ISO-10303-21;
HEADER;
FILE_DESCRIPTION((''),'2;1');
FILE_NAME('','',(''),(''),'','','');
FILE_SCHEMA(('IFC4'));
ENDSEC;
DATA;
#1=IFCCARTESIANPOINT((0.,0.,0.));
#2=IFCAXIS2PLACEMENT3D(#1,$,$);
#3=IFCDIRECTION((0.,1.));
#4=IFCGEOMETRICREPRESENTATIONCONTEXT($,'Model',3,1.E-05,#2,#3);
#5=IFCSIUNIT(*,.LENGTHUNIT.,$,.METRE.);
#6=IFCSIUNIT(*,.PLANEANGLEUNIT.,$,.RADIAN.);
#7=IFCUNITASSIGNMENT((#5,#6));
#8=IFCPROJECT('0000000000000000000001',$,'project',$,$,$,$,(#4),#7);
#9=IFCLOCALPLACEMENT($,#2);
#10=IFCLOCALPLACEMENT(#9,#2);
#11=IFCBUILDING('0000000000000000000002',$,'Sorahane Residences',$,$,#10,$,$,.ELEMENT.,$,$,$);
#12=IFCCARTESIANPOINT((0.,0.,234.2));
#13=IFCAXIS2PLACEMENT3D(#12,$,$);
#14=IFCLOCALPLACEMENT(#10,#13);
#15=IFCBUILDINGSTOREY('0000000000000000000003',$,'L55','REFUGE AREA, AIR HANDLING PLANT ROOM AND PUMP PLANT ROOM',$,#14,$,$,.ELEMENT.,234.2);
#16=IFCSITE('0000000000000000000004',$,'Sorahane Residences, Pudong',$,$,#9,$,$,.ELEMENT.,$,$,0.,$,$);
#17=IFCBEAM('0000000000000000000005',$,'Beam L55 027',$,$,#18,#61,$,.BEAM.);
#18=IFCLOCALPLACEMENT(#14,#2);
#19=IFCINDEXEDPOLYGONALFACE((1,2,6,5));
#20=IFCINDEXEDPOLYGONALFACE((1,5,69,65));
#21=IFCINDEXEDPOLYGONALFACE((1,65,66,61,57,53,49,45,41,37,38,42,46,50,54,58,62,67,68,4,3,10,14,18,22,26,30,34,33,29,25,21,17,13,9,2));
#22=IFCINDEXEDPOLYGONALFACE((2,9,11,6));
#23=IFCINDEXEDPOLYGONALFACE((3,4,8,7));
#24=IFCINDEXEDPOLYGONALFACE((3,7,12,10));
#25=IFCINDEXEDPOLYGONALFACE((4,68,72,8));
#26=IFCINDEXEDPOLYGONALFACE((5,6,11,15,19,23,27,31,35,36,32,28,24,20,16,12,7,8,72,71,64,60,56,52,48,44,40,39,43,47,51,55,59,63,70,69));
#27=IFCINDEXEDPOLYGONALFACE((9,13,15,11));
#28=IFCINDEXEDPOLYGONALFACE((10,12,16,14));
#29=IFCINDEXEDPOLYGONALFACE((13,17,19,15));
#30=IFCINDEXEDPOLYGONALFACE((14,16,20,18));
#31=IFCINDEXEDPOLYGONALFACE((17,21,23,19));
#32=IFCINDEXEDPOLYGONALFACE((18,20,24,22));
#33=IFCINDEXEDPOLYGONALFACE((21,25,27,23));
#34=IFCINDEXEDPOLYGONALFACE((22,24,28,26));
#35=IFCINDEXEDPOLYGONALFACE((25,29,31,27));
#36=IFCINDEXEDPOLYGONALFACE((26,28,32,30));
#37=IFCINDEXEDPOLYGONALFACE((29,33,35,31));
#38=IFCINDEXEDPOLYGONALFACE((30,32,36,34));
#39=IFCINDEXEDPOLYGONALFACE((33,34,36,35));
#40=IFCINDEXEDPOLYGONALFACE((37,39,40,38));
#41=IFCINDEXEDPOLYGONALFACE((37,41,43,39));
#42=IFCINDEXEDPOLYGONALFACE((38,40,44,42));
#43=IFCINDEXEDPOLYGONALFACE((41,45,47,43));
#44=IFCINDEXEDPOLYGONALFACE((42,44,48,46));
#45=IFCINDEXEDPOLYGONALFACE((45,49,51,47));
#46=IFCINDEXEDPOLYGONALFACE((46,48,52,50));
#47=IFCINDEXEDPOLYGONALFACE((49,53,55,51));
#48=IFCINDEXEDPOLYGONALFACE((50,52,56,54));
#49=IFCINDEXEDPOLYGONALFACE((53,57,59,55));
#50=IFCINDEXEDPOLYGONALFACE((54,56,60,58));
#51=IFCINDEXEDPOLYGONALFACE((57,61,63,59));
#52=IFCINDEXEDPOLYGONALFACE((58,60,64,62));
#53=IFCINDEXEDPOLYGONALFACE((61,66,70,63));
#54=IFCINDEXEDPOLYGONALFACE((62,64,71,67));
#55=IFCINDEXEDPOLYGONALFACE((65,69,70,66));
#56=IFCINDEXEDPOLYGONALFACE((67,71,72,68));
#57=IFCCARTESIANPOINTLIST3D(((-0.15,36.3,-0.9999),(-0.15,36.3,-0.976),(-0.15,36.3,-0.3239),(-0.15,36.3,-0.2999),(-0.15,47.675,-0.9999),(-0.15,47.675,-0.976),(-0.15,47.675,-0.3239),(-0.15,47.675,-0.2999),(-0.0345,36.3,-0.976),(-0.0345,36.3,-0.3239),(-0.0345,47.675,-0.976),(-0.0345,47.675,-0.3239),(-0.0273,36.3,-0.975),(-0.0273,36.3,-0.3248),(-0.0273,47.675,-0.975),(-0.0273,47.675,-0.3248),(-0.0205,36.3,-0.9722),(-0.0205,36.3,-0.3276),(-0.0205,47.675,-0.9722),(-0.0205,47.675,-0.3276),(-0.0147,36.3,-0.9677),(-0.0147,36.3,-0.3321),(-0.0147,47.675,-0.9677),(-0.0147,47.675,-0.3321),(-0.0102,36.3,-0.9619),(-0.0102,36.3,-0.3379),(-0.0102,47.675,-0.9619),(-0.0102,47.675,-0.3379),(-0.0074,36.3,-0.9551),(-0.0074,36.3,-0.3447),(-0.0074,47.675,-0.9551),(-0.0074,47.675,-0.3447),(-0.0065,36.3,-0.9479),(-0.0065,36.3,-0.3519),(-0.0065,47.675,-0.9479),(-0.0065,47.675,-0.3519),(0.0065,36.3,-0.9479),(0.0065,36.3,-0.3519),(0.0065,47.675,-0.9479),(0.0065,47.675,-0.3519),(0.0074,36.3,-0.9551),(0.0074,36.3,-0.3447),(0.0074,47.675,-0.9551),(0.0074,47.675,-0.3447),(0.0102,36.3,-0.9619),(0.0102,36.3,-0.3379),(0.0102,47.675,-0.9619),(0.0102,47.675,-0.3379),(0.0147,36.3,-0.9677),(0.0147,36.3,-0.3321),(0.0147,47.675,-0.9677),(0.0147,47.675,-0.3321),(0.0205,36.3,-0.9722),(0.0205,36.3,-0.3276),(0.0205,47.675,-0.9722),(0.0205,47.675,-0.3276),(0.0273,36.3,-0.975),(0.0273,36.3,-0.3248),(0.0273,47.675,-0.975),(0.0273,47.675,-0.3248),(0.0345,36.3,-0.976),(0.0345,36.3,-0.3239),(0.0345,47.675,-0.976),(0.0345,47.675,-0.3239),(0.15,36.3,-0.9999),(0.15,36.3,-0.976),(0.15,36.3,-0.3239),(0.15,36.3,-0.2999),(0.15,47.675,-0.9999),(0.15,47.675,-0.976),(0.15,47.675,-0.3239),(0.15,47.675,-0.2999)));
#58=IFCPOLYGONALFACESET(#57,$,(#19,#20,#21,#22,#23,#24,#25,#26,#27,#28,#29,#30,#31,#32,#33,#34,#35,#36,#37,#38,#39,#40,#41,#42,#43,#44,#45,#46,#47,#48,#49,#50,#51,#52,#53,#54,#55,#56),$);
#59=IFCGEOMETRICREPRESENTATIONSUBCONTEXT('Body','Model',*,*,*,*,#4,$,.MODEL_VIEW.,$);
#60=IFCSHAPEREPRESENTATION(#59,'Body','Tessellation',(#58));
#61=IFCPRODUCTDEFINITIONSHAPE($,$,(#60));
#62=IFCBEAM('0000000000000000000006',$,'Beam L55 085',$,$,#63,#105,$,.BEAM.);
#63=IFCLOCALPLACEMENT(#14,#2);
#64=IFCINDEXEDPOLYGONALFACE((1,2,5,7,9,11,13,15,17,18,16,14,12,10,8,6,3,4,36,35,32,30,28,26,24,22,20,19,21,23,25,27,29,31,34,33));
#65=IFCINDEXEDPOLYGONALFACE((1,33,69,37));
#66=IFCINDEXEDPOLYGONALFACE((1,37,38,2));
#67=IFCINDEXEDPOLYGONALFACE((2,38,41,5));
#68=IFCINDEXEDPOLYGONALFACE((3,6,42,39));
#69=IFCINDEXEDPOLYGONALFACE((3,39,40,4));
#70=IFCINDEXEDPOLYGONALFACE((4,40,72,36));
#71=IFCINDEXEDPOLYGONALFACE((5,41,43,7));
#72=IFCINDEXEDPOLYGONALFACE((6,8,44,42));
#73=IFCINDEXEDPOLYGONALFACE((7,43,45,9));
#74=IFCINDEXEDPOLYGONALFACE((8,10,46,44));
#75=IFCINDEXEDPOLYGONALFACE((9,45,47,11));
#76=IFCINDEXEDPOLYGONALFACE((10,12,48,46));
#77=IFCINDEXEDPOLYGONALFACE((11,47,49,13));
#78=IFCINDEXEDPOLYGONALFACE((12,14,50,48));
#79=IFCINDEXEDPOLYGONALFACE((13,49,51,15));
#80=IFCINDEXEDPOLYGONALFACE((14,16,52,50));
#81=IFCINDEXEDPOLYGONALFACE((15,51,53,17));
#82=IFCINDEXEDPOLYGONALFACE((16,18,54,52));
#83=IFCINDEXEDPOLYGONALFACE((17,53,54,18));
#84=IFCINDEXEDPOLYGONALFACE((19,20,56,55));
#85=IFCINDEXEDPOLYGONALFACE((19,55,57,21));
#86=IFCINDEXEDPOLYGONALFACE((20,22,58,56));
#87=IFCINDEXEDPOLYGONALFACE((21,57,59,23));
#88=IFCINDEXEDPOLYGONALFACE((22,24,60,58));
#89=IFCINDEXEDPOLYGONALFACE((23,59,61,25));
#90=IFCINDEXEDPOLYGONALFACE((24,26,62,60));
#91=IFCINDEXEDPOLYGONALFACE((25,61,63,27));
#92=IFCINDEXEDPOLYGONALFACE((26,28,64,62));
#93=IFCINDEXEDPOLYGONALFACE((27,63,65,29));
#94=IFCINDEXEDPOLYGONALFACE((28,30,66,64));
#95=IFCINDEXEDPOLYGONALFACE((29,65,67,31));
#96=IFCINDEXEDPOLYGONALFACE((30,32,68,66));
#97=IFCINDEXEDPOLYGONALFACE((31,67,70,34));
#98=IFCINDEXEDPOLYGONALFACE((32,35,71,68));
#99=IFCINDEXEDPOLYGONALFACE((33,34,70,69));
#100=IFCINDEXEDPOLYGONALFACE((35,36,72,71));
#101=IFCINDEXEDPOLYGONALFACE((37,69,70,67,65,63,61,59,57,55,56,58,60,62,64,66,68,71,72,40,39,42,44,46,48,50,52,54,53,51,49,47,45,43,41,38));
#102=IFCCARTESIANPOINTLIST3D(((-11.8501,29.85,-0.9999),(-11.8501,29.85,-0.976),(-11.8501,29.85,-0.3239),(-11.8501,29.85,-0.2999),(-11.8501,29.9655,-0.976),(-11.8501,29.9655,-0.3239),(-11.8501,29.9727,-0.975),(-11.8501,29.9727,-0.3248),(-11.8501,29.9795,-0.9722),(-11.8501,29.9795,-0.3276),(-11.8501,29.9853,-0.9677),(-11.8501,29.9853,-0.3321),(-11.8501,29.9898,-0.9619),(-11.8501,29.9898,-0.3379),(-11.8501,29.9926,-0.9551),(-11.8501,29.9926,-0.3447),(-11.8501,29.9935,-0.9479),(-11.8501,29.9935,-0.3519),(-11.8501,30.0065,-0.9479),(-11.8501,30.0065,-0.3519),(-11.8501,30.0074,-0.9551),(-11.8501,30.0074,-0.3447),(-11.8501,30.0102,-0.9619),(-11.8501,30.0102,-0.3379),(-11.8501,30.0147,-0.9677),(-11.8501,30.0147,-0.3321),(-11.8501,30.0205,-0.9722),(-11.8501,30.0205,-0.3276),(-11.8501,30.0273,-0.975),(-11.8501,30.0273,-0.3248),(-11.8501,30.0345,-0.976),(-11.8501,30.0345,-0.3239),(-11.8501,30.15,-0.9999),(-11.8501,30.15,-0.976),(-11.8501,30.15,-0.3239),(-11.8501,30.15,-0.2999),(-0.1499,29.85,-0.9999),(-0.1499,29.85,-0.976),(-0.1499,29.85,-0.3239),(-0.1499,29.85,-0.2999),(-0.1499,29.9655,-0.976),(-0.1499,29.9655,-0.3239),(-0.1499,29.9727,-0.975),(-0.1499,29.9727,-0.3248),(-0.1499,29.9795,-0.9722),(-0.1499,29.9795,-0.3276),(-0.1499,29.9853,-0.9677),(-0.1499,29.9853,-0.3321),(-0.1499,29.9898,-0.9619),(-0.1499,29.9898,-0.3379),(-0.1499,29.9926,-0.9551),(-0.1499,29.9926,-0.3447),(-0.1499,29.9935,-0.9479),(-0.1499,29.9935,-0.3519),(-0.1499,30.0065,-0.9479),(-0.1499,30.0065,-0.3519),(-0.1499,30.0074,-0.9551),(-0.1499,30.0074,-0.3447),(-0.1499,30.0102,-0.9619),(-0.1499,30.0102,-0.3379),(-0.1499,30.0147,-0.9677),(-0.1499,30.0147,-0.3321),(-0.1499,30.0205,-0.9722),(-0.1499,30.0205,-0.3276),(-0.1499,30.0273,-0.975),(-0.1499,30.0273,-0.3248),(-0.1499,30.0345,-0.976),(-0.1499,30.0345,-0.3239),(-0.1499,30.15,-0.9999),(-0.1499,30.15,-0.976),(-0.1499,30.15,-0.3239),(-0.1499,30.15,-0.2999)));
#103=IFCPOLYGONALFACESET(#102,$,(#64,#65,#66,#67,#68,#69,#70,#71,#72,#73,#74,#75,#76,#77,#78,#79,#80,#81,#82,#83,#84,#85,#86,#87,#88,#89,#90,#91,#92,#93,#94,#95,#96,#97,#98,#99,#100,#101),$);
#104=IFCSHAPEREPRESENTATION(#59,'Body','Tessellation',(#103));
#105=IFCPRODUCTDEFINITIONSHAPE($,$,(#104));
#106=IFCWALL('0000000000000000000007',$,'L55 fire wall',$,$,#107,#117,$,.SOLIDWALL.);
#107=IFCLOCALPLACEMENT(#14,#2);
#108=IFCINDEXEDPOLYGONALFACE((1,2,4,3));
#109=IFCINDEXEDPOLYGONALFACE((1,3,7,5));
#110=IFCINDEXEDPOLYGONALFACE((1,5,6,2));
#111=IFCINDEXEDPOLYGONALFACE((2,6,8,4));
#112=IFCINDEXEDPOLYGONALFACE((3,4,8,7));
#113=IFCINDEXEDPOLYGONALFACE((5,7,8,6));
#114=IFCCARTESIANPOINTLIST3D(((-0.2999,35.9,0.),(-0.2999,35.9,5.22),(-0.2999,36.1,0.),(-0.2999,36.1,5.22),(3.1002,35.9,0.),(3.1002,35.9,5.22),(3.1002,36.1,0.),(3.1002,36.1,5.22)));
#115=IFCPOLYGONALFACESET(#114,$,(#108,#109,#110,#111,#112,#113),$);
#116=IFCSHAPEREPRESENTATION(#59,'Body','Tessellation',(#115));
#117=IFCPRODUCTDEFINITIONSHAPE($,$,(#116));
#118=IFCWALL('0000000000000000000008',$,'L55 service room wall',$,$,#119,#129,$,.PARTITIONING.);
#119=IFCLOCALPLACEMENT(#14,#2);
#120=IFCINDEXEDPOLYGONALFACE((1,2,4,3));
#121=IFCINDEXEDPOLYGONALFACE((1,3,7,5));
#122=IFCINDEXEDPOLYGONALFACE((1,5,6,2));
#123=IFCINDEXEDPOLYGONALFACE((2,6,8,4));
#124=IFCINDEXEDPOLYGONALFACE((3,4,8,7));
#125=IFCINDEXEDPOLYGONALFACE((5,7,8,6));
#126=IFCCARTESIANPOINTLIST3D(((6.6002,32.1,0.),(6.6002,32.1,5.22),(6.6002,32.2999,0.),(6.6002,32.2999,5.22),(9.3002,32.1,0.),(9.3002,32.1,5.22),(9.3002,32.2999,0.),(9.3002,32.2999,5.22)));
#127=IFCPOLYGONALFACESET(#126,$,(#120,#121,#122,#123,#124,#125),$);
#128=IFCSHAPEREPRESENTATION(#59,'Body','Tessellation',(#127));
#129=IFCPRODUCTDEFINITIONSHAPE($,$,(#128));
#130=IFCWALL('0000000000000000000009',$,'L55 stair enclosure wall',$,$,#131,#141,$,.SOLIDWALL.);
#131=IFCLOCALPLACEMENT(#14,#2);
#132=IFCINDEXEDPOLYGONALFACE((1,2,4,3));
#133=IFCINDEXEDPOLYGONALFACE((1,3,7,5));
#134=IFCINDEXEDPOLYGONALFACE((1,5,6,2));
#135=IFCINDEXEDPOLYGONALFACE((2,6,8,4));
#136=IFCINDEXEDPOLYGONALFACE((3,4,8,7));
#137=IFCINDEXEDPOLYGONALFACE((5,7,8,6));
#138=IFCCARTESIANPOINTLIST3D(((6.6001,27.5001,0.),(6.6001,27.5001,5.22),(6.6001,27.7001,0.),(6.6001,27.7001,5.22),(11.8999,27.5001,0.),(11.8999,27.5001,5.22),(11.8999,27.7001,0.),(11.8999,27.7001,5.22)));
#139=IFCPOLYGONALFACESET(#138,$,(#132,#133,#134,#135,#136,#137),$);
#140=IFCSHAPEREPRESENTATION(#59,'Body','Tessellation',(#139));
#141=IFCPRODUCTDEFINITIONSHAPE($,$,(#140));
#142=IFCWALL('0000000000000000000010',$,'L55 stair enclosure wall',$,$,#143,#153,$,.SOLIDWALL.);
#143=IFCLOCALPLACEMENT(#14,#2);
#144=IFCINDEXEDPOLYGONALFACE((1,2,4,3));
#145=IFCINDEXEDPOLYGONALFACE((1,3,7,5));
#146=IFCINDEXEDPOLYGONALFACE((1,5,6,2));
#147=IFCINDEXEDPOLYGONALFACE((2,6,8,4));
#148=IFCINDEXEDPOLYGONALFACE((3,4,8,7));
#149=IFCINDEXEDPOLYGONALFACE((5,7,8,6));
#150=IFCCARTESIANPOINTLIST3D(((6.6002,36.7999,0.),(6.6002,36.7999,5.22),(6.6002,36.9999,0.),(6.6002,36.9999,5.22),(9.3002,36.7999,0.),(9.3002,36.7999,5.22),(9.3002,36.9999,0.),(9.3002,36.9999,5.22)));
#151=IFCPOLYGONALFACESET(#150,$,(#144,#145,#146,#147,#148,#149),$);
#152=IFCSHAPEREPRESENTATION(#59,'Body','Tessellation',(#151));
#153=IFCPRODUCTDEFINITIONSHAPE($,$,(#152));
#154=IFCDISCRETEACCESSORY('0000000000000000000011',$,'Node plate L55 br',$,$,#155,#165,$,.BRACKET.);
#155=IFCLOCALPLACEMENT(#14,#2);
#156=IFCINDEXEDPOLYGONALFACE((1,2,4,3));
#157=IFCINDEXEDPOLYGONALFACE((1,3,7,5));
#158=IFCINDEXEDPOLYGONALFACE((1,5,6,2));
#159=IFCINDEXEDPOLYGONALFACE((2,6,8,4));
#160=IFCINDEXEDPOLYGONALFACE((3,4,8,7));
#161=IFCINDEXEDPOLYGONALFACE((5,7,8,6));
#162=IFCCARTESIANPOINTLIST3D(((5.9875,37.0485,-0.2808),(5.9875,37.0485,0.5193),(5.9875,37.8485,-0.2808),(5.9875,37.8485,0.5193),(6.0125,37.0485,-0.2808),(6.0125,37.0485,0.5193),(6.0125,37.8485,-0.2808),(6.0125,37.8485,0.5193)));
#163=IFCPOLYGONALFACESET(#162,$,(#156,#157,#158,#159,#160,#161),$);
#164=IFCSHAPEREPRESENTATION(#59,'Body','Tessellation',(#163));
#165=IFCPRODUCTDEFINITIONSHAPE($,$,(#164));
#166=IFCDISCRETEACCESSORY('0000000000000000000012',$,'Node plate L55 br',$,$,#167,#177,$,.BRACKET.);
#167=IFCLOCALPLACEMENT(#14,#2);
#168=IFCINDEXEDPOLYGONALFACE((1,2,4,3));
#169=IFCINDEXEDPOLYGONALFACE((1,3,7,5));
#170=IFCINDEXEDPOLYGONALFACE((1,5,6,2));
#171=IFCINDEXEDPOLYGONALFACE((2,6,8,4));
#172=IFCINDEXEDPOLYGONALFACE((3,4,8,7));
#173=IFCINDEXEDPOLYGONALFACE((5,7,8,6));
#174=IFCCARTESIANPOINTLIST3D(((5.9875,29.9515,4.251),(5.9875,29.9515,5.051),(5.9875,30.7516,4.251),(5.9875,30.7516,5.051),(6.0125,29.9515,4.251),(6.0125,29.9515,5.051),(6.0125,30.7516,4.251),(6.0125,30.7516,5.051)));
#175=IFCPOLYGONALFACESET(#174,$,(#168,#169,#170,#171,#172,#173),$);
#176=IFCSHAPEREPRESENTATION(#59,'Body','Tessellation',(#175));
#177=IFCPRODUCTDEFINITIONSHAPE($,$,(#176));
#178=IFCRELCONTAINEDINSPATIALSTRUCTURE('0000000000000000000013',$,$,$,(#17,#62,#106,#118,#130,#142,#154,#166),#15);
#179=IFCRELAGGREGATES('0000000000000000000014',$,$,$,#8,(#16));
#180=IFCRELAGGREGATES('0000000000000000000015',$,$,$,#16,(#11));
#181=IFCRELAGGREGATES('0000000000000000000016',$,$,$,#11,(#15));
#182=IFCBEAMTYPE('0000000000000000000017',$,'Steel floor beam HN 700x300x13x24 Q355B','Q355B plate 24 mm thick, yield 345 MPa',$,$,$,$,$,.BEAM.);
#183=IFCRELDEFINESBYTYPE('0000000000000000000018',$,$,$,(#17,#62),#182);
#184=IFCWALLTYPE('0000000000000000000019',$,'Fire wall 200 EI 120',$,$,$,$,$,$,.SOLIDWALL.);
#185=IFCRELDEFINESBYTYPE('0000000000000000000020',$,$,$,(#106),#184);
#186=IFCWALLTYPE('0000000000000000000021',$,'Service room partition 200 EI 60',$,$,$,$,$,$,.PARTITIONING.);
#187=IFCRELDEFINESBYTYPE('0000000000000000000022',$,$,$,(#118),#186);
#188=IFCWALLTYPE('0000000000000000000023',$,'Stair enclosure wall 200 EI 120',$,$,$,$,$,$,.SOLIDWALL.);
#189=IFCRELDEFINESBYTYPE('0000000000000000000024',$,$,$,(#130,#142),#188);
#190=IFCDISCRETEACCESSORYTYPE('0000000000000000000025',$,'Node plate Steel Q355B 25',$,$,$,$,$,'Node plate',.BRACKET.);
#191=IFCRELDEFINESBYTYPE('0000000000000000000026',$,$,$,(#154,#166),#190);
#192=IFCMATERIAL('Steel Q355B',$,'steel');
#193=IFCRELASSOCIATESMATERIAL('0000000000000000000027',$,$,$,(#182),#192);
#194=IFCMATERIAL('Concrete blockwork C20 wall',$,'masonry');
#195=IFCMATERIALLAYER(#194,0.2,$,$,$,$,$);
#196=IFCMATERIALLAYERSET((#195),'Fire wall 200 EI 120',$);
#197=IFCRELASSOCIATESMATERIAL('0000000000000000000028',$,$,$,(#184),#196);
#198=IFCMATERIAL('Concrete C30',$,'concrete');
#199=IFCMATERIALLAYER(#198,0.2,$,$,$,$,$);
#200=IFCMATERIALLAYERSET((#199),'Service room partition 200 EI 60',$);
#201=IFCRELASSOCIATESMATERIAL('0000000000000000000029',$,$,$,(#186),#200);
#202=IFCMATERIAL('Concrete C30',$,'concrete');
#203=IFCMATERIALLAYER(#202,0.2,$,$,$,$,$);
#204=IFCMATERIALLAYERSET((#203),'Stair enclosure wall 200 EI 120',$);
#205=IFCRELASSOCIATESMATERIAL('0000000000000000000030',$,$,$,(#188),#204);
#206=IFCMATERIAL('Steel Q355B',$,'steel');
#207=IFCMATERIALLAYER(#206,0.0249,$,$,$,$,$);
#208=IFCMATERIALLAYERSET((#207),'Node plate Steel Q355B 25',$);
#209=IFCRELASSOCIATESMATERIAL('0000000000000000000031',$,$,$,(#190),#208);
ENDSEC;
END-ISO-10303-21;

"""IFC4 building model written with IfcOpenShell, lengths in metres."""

from ifc_helpers import new_model, si_unit, direction, frame, frame_2d, origin, origin_2d, place, context, subcontext, project, spatial, rectangle, i_section, extrude, material, layer, layer_set, material_profile, profile_set, type_object, element, save


model = new_model("IFC4")

# Units and contexts
model_context = context("Model", 3, precision=1e-05, world=origin(), true_north=direction((0.0, 1.0)))
body_context = subcontext(model_context, "Body", "Model", "MODEL_VIEW")
ifc_project = project(units=[si_unit("LENGTHUNIT", "METRE"), si_unit("PLANEANGLEUNIT", "RADIAN")], contexts=[model_context])

# Site, building, storey
site_placement = place(None, origin())
site = spatial("IfcSite", under=ifc_project, at=site_placement, Name="Sorahane Residences, Pudong", CompositionType="ELEMENT", RefElevation=0.0)
building_placement = place(site_placement, origin())
building = spatial("IfcBuilding", under=site, at=building_placement, Name="Sorahane Residences", CompositionType="ELEMENT")
storey_placement = place(building_placement, frame((0.0, 0.0, 234.2)))
storey = spatial("IfcBuildingStorey", under=building, at=storey_placement, Name="L55", Description="REFUGE AREA, AIR HANDLING PLANT ROOM AND PUMP PLANT ROOM", CompositionType="ELEMENT", Elevation=234.2)

# Beams
ifc_material_1 = material(Name="Steel Q355B", Category="steel")
ifc_material_profile_1 = material_profile(ifc_material_1, i_section(OverallWidth=0.3, OverallDepth=0.7, WebThickness=0.0129, FlangeThickness=0.0239, FilletRadius=0.0281, at=origin_2d()), Name="HN 700x300x13x24")
ifc_profile_set_1 = profile_set([ifc_material_profile_1], Name="Steel Q355B")
beam_type_1 = type_object("IfcBeamType", Name="Steel floor beam HN 700x300x13x24 Q355B", Description="Q355B plate 24 mm thick, yield 345 MPa", PredefinedType="BEAM", material=ifc_profile_set_1)
for number, where, z_axis, x_axis, name in (
    (1, (0.0, 36.3, -0.6499), (0.0, 1.0, 0.0), (-1.0, 0.0, 0.0), "Beam L55 027"),
):
    element("IfcBeam", number, at=place(storey_placement, frame(where, z_axis=z_axis, x_axis=x_axis)), inside=storey, type_object=beam_type_1, Name=name, PredefinedType="BEAM", context=body_context, shape_type="SweptSolid", body=[
        extrude(i_section(OverallWidth=0.3, OverallDepth=0.7, WebThickness=0.0129, FlangeThickness=0.0239, FilletRadius=0.0281, at=origin_2d()), origin(), (0.0, 0.0, 1.0), 11.375),
    ])
beam_1_placement = place(storey_placement, frame((-11.8501, 30.0, -0.6499), z_axis=(1.0, 0.0, 0.0), x_axis=(0.0, 1.0, 0.0)))
element("IfcBeam", 2, at=beam_1_placement, inside=storey, type_object=beam_type_1, Name="Beam L55 085", PredefinedType="BEAM", context=body_context, shape_type="SweptSolid", body=[
    extrude(i_section(OverallWidth=0.3, OverallDepth=0.7, WebThickness=0.0129, FlangeThickness=0.0239, FilletRadius=0.0281, at=origin_2d()), origin(), (0.0, 0.0, 1.0), 11.7002),
])

# Shared definitions
ifc_material_2 = material(Name="Concrete blockwork C20 wall", Category="masonry")
ifc_layer_1 = layer(ifc_material_2, 0.2)
ifc_layer_set_1 = layer_set([ifc_layer_1], Name="Fire wall 200 EI 120")
wall_type_1 = type_object("IfcWallType", Name="Fire wall 200 EI 120", PredefinedType="SOLIDWALL", material=ifc_layer_set_1)

# Walls
wall_1_placement = place(storey_placement, frame((-0.3, 36.0, 0.0), z_axis=(0.0, 0.0, 1.0), x_axis=(1.0, 0.0, 0.0)))
element("IfcWall", 3, at=wall_1_placement, inside=storey, type_object=wall_type_1, Name="L55 fire wall", PredefinedType="SOLIDWALL", context=body_context, shape_type="SweptSolid", body=[
    extrude(rectangle(XDim=3.4001, YDim=0.2, at=frame_2d((1.7002, 0.0))), origin(), (0.0, 0.0, 1.0), 5.22),
])
ifc_material_3 = material(Name="Concrete C30", Category="concrete")
ifc_layer_2 = layer(ifc_material_3, 0.2)
ifc_layer_set_2 = layer_set([ifc_layer_2], Name="Service room partition 200 EI 60")
wall_type_2 = type_object("IfcWallType", Name="Service room partition 200 EI 60", PredefinedType="PARTITIONING", material=ifc_layer_set_2)
wall_2_placement = place(storey_placement, frame((6.6001, 32.2, 0.0), z_axis=(0.0, 0.0, 1.0), x_axis=(1.0, 0.0, 0.0)))
element("IfcWall", 4, at=wall_2_placement, inside=storey, type_object=wall_type_2, Name="L55 service room wall", PredefinedType="PARTITIONING", context=body_context, shape_type="SweptSolid", body=[
    extrude(rectangle(XDim=2.7, YDim=0.2, at=frame_2d((1.3501, 0.0))), origin(), (0.0, 0.0, 1.0), 5.22),
])
ifc_material_4 = material(Name="Concrete C30", Category="concrete")
ifc_layer_3 = layer(ifc_material_4, 0.2)
ifc_layer_set_3 = layer_set([ifc_layer_3], Name="Stair enclosure wall 200 EI 120")
wall_type_3 = type_object("IfcWallType", Name="Stair enclosure wall 200 EI 120", PredefinedType="SOLIDWALL", material=ifc_layer_set_3)
wall_3_placement = place(storey_placement, frame((6.6001, 27.6001, 0.0), z_axis=(0.0, 0.0, 1.0), x_axis=(1.0, 0.0, 0.0)))
element("IfcWall", 5, at=wall_3_placement, inside=storey, type_object=wall_type_3, Name="L55 stair enclosure wall", PredefinedType="SOLIDWALL", context=body_context, shape_type="SweptSolid", body=[
    extrude(rectangle(XDim=5.2998, YDim=0.2, at=frame_2d((2.6499, 0.0))), origin(), (0.0, 0.0, 1.0), 5.22),
])
wall_4_placement = place(storey_placement, frame((6.6001, 36.8999, 0.0), z_axis=(0.0, 0.0, 1.0), x_axis=(1.0, 0.0, 0.0)))
element("IfcWall", 6, at=wall_4_placement, inside=storey, type_object=wall_type_3, Name="L55 stair enclosure wall", PredefinedType="SOLIDWALL", context=body_context, shape_type="SweptSolid", body=[
    extrude(rectangle(XDim=2.7, YDim=0.2, at=frame_2d((1.3501, 0.0))), origin(), (0.0, 0.0, 1.0), 5.22),
])

# Discrete accessories
ifc_material_5 = material(Name="Steel Q355B", Category="steel")
ifc_layer_4 = layer(ifc_material_5, 0.0249)
ifc_layer_set_4 = layer_set([ifc_layer_4], Name="Node plate Steel Q355B 25")
discrete_accessory_type = type_object("IfcDiscreteAccessoryType", Name="Node plate Steel Q355B 25", ElementType="Node plate", PredefinedType="BRACKET", material=ifc_layer_set_4)
for number, where, z_axis, x_axis, name in (
    (7, (6.0, 37.4485, -0.2808), (0.0, 0.0, 1.0), (0.0, 1.0, 0.0), "Node plate L55 br"),
    (8, (6.0, 30.3516, 4.251), (0.0, 0.0, 1.0), (0.0, 1.0, 0.0), "Node plate L55 br"),
):
    element("IfcDiscreteAccessory", number, at=place(storey_placement, frame(where, z_axis=z_axis, x_axis=x_axis)), inside=storey, type_object=discrete_accessory_type, Name=name, PredefinedType="BRACKET", context=body_context, shape_type="SweptSolid", body=[
        extrude(rectangle(XDim=0.8, YDim=0.0249, at=origin_2d()), origin(), (0.0, 0.0, 1.0), 0.8),
    ])

save(model, "model.ifc")
